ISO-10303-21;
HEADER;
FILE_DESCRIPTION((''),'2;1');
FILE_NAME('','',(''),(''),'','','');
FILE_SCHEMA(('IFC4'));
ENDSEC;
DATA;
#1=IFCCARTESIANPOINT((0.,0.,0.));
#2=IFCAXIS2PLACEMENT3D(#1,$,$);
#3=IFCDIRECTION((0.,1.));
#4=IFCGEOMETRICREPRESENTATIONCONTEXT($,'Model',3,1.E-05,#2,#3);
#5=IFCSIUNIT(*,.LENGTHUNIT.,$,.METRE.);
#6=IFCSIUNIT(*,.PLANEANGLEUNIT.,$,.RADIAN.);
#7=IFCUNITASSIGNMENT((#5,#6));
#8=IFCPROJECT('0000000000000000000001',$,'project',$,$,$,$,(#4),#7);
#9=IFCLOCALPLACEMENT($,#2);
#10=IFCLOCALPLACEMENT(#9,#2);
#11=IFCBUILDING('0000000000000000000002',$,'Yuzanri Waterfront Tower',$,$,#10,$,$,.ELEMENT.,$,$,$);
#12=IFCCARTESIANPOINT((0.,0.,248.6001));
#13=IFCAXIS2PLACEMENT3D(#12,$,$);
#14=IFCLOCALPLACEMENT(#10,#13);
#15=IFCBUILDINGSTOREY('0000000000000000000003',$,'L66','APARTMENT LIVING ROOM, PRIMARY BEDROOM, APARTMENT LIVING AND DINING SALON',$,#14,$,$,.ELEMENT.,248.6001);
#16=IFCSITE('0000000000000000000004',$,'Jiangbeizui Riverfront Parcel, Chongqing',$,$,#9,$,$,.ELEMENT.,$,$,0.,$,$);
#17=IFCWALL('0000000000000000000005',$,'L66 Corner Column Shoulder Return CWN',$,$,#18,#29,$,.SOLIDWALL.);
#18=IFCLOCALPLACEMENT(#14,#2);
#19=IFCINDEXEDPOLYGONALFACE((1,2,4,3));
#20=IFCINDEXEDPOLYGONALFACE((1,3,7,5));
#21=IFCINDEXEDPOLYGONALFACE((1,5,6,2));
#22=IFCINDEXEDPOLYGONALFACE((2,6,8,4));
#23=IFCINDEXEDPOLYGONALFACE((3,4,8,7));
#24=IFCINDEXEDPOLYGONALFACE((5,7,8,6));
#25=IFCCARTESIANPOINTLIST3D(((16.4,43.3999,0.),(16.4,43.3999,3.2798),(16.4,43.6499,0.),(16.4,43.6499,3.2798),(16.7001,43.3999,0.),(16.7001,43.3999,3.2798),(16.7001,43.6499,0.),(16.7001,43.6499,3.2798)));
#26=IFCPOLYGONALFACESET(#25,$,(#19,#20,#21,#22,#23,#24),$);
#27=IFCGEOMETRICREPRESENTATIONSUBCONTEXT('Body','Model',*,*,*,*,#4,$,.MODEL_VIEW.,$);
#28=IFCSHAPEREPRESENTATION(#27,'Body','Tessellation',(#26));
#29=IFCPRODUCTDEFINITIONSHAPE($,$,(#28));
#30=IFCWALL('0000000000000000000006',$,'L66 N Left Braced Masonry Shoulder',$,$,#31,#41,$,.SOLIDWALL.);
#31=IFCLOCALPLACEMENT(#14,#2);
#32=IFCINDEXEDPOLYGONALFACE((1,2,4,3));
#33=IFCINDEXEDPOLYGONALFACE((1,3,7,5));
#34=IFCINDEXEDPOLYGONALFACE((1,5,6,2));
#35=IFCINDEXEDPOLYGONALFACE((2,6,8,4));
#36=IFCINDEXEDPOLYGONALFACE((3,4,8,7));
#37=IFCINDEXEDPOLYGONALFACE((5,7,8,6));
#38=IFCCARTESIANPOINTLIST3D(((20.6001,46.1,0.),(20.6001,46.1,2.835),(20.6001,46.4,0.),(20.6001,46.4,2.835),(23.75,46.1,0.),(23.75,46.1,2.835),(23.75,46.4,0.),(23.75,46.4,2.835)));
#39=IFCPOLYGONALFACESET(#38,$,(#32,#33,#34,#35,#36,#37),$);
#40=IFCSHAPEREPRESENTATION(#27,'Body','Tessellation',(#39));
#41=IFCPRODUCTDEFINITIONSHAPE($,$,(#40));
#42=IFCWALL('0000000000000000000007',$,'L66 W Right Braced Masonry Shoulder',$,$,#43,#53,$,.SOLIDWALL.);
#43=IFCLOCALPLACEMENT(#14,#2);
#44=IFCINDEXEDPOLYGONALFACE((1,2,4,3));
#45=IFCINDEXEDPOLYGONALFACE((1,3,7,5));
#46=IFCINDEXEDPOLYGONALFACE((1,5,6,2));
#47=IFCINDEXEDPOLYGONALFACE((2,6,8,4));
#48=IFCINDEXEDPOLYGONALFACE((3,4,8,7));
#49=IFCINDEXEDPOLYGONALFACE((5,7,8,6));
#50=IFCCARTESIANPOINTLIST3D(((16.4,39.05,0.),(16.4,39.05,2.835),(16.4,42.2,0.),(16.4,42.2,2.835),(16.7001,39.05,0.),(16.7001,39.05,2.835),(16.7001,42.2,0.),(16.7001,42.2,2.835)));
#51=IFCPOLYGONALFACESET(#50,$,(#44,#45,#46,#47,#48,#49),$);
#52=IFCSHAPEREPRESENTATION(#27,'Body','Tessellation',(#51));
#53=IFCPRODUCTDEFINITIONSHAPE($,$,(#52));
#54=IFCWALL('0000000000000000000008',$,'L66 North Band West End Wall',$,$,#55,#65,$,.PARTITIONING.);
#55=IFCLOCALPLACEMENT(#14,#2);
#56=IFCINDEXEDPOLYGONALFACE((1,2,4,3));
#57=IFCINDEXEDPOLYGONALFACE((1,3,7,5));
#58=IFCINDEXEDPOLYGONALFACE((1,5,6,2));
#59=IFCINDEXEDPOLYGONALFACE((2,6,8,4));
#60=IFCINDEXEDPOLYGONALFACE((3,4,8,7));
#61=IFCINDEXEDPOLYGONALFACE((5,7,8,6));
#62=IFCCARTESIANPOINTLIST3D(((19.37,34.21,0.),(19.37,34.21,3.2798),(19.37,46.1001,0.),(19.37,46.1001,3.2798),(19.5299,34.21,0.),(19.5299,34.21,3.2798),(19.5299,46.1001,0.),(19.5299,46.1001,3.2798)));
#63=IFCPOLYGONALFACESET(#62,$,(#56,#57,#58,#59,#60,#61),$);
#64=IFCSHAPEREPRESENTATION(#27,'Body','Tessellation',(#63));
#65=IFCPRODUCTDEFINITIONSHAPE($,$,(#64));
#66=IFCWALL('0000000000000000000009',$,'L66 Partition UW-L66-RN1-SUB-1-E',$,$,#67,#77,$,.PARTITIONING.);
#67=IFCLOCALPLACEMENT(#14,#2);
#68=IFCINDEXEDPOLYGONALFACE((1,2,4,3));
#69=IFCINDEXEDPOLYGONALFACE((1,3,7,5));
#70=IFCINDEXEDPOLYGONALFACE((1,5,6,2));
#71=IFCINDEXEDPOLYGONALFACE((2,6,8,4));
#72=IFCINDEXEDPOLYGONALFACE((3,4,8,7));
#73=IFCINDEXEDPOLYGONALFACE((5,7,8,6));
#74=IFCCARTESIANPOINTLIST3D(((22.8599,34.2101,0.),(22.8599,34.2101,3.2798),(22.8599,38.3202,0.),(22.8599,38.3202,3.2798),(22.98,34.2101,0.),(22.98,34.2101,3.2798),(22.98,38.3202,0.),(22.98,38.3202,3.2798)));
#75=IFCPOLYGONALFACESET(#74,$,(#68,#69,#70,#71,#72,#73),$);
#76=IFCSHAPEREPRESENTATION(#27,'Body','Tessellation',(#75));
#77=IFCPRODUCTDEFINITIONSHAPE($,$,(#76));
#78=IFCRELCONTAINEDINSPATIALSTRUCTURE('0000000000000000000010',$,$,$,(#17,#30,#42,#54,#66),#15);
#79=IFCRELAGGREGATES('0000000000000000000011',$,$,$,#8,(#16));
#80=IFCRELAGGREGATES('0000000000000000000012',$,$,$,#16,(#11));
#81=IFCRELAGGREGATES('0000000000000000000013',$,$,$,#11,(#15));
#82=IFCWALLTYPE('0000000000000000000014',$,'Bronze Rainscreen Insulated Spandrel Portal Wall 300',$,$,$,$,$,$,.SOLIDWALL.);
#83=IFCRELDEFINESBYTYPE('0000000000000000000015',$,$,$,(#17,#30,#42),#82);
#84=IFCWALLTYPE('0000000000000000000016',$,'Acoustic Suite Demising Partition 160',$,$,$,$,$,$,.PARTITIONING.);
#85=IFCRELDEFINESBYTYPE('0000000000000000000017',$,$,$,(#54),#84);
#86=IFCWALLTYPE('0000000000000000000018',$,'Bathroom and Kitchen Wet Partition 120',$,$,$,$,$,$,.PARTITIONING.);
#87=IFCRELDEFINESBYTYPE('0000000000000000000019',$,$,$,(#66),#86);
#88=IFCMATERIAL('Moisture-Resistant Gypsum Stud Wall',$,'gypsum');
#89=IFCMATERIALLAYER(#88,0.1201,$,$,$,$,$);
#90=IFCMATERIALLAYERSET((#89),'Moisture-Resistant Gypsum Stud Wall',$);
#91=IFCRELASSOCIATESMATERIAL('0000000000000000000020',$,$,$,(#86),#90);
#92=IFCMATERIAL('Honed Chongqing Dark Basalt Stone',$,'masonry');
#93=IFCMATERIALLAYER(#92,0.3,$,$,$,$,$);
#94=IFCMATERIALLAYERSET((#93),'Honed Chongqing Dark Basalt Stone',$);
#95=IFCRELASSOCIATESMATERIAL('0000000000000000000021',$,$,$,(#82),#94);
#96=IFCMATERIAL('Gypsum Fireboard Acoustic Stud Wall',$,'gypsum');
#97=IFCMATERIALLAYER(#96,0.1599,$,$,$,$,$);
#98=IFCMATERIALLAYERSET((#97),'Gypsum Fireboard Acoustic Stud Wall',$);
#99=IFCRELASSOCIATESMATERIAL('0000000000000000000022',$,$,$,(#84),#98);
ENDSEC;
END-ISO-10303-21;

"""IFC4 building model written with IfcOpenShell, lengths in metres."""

from ifc_helpers import new_model, si_unit, direction, frame, frame_2d, origin, place, context, subcontext, project, spatial, rectangle, extrude, source, transform, mapped, material, layer, layer_set, type_object, element, save


model = new_model("IFC4")

# Units and contexts
model_context = context("Model", 3, precision=1e-05, world=origin(), true_north=direction((0.0, 1.0)))
body_context = subcontext(model_context, "Body", "Model", "MODEL_VIEW")
ifc_project = project(units=[si_unit("LENGTHUNIT", "METRE"), si_unit("PLANEANGLEUNIT", "RADIAN")], contexts=[model_context])

# Site, building, storey
site_placement = place(None, origin())
site = spatial("IfcSite", under=ifc_project, at=site_placement, Name="Jiangbeizui Riverfront Parcel, Chongqing", CompositionType="ELEMENT", RefElevation=0.0)
building_placement = place(site_placement, origin())
building = spatial("IfcBuilding", under=site, at=building_placement, Name="Yuzanri Waterfront Tower", CompositionType="ELEMENT")
storey_placement = place(building_placement, frame((0.0, 0.0, 248.6001)))
storey = spatial("IfcBuildingStorey", under=building, at=storey_placement, Name="L66", Description="APARTMENT LIVING ROOM, PRIMARY BEDROOM, APARTMENT LIVING AND DINING SALON", CompositionType="ELEMENT", Elevation=248.6001)

# Shared definitions
ifc_material_1 = material(Name="Moisture-Resistant Gypsum Stud Wall", Category="gypsum")
ifc_layer_1 = layer(ifc_material_1, 0.1201)
ifc_layer_set_1 = layer_set([ifc_layer_1], Name="Moisture-Resistant Gypsum Stud Wall")
wall_type_1 = type_object("IfcWallType", Name="Bathroom and Kitchen Wet Partition 120", PredefinedType="PARTITIONING", material=ifc_layer_set_1)

# Shared definitions
ifc_material_2 = material(Name="Honed Chongqing Dark Basalt Stone", Category="masonry")
ifc_layer_2 = layer(ifc_material_2, 0.3)
ifc_layer_set_2 = layer_set([ifc_layer_2], Name="Honed Chongqing Dark Basalt Stone")
wall_type_2 = type_object("IfcWallType", Name="Bronze Rainscreen Insulated Spandrel Portal Wall 300", PredefinedType="SOLIDWALL", material=ifc_layer_set_2)

# Walls
shared_shape_1 = source(origin(), body_context, "Body", "SweptSolid", [
    extrude(rectangle(XDim=0.25, YDim=0.3, at=frame_2d((0.125, 0.0))), origin(), (0.0, 0.0, 1.0), 3.2798),
])
for number, where, z_axis, x_axis, name in (
    (1, (16.55, 43.3999, 0.0), (0.0, 0.0, 1.0), (0.0, 1.0, 0.0), "L66 Corner Column Shoulder Return CWN"),
):
    element("IfcWall", number, at=place(storey_placement, frame(where, z_axis=z_axis, x_axis=x_axis)), inside=storey, type_object=wall_type_2, Name=name, PredefinedType="SOLIDWALL", context=body_context, shape_type="MappedRepresentation", body=[
        mapped(shared_shape_1, transform((0.0, 0.0, 0.0), scale=1.0)),
    ])
shared_shape_2 = source(origin(), body_context, "Body", "SweptSolid", [
    extrude(rectangle(XDim=3.1499, YDim=0.3, at=frame_2d((1.575, 0.0))), origin(), (0.0, 0.0, 1.0), 2.835),
])
for number, where, z_axis, x_axis, name in (
    (2, (20.6001, 46.25, 0.0), (0.0, 0.0, 1.0), (1.0, 0.0, 0.0), "L66 N Left Braced Masonry Shoulder"),
    (3, (16.55, 39.05, 0.0), (0.0, 0.0, 1.0), (0.0, 1.0, 0.0), "L66 W Right Braced Masonry Shoulder"),
):
    element("IfcWall", number, at=place(storey_placement, frame(where, z_axis=z_axis, x_axis=x_axis)), inside=storey, type_object=wall_type_2, Name=name, PredefinedType="SOLIDWALL", context=body_context, shape_type="MappedRepresentation", body=[
        mapped(shared_shape_2, transform((0.0, 0.0, 0.0), scale=1.0)),
    ])
ifc_material_3 = material(Name="Gypsum Fireboard Acoustic Stud Wall", Category="gypsum")
ifc_layer_3 = layer(ifc_material_3, 0.1599)
ifc_layer_set_3 = layer_set([ifc_layer_3], Name="Gypsum Fireboard Acoustic Stud Wall")
wall_type_3 = type_object("IfcWallType", Name="Acoustic Suite Demising Partition 160", PredefinedType="PARTITIONING", material=ifc_layer_set_3)
shared_shape_3 = source(origin(), body_context, "Body", "SweptSolid", [
    extrude(rectangle(XDim=11.8901, YDim=0.1599, at=frame_2d((5.9451, 0.0))), origin(), (0.0, 0.0, 1.0), 3.2798),
])
wall_1_placement = place(storey_placement, frame((19.45, 34.21, 0.0), z_axis=(0.0, 0.0, 1.0), x_axis=(0.0, 1.0, 0.0)))
element("IfcWall", 4, at=wall_1_placement, inside=storey, type_object=wall_type_3, Name="L66 North Band West End Wall", PredefinedType="PARTITIONING", context=body_context, shape_type="MappedRepresentation", body=[
    mapped(shared_shape_3, transform((0.0, 0.0, 0.0), scale=1.0)),
])
shared_shape_4 = source(origin(), body_context, "Body", "SweptSolid", [
    extrude(rectangle(XDim=4.1101, YDim=0.1201, at=frame_2d((2.0552, 0.0))), origin(), (0.0, 0.0, 1.0), 3.2798),
])
wall_2_placement = place(storey_placement, frame((22.9199, 34.21, 0.0), z_axis=(0.0, 0.0, 1.0), x_axis=(0.0, 1.0, 0.0)))
element("IfcWall", 5, at=wall_2_placement, inside=storey, type_object=wall_type_1, Name="L66 Partition UW-L66-RN1-SUB-1-E", PredefinedType="PARTITIONING", context=body_context, shape_type="MappedRepresentation", body=[
    mapped(shared_shape_4, transform((0.0, 0.0, 0.0), scale=1.0)),
])

save(model, "model.ifc")
